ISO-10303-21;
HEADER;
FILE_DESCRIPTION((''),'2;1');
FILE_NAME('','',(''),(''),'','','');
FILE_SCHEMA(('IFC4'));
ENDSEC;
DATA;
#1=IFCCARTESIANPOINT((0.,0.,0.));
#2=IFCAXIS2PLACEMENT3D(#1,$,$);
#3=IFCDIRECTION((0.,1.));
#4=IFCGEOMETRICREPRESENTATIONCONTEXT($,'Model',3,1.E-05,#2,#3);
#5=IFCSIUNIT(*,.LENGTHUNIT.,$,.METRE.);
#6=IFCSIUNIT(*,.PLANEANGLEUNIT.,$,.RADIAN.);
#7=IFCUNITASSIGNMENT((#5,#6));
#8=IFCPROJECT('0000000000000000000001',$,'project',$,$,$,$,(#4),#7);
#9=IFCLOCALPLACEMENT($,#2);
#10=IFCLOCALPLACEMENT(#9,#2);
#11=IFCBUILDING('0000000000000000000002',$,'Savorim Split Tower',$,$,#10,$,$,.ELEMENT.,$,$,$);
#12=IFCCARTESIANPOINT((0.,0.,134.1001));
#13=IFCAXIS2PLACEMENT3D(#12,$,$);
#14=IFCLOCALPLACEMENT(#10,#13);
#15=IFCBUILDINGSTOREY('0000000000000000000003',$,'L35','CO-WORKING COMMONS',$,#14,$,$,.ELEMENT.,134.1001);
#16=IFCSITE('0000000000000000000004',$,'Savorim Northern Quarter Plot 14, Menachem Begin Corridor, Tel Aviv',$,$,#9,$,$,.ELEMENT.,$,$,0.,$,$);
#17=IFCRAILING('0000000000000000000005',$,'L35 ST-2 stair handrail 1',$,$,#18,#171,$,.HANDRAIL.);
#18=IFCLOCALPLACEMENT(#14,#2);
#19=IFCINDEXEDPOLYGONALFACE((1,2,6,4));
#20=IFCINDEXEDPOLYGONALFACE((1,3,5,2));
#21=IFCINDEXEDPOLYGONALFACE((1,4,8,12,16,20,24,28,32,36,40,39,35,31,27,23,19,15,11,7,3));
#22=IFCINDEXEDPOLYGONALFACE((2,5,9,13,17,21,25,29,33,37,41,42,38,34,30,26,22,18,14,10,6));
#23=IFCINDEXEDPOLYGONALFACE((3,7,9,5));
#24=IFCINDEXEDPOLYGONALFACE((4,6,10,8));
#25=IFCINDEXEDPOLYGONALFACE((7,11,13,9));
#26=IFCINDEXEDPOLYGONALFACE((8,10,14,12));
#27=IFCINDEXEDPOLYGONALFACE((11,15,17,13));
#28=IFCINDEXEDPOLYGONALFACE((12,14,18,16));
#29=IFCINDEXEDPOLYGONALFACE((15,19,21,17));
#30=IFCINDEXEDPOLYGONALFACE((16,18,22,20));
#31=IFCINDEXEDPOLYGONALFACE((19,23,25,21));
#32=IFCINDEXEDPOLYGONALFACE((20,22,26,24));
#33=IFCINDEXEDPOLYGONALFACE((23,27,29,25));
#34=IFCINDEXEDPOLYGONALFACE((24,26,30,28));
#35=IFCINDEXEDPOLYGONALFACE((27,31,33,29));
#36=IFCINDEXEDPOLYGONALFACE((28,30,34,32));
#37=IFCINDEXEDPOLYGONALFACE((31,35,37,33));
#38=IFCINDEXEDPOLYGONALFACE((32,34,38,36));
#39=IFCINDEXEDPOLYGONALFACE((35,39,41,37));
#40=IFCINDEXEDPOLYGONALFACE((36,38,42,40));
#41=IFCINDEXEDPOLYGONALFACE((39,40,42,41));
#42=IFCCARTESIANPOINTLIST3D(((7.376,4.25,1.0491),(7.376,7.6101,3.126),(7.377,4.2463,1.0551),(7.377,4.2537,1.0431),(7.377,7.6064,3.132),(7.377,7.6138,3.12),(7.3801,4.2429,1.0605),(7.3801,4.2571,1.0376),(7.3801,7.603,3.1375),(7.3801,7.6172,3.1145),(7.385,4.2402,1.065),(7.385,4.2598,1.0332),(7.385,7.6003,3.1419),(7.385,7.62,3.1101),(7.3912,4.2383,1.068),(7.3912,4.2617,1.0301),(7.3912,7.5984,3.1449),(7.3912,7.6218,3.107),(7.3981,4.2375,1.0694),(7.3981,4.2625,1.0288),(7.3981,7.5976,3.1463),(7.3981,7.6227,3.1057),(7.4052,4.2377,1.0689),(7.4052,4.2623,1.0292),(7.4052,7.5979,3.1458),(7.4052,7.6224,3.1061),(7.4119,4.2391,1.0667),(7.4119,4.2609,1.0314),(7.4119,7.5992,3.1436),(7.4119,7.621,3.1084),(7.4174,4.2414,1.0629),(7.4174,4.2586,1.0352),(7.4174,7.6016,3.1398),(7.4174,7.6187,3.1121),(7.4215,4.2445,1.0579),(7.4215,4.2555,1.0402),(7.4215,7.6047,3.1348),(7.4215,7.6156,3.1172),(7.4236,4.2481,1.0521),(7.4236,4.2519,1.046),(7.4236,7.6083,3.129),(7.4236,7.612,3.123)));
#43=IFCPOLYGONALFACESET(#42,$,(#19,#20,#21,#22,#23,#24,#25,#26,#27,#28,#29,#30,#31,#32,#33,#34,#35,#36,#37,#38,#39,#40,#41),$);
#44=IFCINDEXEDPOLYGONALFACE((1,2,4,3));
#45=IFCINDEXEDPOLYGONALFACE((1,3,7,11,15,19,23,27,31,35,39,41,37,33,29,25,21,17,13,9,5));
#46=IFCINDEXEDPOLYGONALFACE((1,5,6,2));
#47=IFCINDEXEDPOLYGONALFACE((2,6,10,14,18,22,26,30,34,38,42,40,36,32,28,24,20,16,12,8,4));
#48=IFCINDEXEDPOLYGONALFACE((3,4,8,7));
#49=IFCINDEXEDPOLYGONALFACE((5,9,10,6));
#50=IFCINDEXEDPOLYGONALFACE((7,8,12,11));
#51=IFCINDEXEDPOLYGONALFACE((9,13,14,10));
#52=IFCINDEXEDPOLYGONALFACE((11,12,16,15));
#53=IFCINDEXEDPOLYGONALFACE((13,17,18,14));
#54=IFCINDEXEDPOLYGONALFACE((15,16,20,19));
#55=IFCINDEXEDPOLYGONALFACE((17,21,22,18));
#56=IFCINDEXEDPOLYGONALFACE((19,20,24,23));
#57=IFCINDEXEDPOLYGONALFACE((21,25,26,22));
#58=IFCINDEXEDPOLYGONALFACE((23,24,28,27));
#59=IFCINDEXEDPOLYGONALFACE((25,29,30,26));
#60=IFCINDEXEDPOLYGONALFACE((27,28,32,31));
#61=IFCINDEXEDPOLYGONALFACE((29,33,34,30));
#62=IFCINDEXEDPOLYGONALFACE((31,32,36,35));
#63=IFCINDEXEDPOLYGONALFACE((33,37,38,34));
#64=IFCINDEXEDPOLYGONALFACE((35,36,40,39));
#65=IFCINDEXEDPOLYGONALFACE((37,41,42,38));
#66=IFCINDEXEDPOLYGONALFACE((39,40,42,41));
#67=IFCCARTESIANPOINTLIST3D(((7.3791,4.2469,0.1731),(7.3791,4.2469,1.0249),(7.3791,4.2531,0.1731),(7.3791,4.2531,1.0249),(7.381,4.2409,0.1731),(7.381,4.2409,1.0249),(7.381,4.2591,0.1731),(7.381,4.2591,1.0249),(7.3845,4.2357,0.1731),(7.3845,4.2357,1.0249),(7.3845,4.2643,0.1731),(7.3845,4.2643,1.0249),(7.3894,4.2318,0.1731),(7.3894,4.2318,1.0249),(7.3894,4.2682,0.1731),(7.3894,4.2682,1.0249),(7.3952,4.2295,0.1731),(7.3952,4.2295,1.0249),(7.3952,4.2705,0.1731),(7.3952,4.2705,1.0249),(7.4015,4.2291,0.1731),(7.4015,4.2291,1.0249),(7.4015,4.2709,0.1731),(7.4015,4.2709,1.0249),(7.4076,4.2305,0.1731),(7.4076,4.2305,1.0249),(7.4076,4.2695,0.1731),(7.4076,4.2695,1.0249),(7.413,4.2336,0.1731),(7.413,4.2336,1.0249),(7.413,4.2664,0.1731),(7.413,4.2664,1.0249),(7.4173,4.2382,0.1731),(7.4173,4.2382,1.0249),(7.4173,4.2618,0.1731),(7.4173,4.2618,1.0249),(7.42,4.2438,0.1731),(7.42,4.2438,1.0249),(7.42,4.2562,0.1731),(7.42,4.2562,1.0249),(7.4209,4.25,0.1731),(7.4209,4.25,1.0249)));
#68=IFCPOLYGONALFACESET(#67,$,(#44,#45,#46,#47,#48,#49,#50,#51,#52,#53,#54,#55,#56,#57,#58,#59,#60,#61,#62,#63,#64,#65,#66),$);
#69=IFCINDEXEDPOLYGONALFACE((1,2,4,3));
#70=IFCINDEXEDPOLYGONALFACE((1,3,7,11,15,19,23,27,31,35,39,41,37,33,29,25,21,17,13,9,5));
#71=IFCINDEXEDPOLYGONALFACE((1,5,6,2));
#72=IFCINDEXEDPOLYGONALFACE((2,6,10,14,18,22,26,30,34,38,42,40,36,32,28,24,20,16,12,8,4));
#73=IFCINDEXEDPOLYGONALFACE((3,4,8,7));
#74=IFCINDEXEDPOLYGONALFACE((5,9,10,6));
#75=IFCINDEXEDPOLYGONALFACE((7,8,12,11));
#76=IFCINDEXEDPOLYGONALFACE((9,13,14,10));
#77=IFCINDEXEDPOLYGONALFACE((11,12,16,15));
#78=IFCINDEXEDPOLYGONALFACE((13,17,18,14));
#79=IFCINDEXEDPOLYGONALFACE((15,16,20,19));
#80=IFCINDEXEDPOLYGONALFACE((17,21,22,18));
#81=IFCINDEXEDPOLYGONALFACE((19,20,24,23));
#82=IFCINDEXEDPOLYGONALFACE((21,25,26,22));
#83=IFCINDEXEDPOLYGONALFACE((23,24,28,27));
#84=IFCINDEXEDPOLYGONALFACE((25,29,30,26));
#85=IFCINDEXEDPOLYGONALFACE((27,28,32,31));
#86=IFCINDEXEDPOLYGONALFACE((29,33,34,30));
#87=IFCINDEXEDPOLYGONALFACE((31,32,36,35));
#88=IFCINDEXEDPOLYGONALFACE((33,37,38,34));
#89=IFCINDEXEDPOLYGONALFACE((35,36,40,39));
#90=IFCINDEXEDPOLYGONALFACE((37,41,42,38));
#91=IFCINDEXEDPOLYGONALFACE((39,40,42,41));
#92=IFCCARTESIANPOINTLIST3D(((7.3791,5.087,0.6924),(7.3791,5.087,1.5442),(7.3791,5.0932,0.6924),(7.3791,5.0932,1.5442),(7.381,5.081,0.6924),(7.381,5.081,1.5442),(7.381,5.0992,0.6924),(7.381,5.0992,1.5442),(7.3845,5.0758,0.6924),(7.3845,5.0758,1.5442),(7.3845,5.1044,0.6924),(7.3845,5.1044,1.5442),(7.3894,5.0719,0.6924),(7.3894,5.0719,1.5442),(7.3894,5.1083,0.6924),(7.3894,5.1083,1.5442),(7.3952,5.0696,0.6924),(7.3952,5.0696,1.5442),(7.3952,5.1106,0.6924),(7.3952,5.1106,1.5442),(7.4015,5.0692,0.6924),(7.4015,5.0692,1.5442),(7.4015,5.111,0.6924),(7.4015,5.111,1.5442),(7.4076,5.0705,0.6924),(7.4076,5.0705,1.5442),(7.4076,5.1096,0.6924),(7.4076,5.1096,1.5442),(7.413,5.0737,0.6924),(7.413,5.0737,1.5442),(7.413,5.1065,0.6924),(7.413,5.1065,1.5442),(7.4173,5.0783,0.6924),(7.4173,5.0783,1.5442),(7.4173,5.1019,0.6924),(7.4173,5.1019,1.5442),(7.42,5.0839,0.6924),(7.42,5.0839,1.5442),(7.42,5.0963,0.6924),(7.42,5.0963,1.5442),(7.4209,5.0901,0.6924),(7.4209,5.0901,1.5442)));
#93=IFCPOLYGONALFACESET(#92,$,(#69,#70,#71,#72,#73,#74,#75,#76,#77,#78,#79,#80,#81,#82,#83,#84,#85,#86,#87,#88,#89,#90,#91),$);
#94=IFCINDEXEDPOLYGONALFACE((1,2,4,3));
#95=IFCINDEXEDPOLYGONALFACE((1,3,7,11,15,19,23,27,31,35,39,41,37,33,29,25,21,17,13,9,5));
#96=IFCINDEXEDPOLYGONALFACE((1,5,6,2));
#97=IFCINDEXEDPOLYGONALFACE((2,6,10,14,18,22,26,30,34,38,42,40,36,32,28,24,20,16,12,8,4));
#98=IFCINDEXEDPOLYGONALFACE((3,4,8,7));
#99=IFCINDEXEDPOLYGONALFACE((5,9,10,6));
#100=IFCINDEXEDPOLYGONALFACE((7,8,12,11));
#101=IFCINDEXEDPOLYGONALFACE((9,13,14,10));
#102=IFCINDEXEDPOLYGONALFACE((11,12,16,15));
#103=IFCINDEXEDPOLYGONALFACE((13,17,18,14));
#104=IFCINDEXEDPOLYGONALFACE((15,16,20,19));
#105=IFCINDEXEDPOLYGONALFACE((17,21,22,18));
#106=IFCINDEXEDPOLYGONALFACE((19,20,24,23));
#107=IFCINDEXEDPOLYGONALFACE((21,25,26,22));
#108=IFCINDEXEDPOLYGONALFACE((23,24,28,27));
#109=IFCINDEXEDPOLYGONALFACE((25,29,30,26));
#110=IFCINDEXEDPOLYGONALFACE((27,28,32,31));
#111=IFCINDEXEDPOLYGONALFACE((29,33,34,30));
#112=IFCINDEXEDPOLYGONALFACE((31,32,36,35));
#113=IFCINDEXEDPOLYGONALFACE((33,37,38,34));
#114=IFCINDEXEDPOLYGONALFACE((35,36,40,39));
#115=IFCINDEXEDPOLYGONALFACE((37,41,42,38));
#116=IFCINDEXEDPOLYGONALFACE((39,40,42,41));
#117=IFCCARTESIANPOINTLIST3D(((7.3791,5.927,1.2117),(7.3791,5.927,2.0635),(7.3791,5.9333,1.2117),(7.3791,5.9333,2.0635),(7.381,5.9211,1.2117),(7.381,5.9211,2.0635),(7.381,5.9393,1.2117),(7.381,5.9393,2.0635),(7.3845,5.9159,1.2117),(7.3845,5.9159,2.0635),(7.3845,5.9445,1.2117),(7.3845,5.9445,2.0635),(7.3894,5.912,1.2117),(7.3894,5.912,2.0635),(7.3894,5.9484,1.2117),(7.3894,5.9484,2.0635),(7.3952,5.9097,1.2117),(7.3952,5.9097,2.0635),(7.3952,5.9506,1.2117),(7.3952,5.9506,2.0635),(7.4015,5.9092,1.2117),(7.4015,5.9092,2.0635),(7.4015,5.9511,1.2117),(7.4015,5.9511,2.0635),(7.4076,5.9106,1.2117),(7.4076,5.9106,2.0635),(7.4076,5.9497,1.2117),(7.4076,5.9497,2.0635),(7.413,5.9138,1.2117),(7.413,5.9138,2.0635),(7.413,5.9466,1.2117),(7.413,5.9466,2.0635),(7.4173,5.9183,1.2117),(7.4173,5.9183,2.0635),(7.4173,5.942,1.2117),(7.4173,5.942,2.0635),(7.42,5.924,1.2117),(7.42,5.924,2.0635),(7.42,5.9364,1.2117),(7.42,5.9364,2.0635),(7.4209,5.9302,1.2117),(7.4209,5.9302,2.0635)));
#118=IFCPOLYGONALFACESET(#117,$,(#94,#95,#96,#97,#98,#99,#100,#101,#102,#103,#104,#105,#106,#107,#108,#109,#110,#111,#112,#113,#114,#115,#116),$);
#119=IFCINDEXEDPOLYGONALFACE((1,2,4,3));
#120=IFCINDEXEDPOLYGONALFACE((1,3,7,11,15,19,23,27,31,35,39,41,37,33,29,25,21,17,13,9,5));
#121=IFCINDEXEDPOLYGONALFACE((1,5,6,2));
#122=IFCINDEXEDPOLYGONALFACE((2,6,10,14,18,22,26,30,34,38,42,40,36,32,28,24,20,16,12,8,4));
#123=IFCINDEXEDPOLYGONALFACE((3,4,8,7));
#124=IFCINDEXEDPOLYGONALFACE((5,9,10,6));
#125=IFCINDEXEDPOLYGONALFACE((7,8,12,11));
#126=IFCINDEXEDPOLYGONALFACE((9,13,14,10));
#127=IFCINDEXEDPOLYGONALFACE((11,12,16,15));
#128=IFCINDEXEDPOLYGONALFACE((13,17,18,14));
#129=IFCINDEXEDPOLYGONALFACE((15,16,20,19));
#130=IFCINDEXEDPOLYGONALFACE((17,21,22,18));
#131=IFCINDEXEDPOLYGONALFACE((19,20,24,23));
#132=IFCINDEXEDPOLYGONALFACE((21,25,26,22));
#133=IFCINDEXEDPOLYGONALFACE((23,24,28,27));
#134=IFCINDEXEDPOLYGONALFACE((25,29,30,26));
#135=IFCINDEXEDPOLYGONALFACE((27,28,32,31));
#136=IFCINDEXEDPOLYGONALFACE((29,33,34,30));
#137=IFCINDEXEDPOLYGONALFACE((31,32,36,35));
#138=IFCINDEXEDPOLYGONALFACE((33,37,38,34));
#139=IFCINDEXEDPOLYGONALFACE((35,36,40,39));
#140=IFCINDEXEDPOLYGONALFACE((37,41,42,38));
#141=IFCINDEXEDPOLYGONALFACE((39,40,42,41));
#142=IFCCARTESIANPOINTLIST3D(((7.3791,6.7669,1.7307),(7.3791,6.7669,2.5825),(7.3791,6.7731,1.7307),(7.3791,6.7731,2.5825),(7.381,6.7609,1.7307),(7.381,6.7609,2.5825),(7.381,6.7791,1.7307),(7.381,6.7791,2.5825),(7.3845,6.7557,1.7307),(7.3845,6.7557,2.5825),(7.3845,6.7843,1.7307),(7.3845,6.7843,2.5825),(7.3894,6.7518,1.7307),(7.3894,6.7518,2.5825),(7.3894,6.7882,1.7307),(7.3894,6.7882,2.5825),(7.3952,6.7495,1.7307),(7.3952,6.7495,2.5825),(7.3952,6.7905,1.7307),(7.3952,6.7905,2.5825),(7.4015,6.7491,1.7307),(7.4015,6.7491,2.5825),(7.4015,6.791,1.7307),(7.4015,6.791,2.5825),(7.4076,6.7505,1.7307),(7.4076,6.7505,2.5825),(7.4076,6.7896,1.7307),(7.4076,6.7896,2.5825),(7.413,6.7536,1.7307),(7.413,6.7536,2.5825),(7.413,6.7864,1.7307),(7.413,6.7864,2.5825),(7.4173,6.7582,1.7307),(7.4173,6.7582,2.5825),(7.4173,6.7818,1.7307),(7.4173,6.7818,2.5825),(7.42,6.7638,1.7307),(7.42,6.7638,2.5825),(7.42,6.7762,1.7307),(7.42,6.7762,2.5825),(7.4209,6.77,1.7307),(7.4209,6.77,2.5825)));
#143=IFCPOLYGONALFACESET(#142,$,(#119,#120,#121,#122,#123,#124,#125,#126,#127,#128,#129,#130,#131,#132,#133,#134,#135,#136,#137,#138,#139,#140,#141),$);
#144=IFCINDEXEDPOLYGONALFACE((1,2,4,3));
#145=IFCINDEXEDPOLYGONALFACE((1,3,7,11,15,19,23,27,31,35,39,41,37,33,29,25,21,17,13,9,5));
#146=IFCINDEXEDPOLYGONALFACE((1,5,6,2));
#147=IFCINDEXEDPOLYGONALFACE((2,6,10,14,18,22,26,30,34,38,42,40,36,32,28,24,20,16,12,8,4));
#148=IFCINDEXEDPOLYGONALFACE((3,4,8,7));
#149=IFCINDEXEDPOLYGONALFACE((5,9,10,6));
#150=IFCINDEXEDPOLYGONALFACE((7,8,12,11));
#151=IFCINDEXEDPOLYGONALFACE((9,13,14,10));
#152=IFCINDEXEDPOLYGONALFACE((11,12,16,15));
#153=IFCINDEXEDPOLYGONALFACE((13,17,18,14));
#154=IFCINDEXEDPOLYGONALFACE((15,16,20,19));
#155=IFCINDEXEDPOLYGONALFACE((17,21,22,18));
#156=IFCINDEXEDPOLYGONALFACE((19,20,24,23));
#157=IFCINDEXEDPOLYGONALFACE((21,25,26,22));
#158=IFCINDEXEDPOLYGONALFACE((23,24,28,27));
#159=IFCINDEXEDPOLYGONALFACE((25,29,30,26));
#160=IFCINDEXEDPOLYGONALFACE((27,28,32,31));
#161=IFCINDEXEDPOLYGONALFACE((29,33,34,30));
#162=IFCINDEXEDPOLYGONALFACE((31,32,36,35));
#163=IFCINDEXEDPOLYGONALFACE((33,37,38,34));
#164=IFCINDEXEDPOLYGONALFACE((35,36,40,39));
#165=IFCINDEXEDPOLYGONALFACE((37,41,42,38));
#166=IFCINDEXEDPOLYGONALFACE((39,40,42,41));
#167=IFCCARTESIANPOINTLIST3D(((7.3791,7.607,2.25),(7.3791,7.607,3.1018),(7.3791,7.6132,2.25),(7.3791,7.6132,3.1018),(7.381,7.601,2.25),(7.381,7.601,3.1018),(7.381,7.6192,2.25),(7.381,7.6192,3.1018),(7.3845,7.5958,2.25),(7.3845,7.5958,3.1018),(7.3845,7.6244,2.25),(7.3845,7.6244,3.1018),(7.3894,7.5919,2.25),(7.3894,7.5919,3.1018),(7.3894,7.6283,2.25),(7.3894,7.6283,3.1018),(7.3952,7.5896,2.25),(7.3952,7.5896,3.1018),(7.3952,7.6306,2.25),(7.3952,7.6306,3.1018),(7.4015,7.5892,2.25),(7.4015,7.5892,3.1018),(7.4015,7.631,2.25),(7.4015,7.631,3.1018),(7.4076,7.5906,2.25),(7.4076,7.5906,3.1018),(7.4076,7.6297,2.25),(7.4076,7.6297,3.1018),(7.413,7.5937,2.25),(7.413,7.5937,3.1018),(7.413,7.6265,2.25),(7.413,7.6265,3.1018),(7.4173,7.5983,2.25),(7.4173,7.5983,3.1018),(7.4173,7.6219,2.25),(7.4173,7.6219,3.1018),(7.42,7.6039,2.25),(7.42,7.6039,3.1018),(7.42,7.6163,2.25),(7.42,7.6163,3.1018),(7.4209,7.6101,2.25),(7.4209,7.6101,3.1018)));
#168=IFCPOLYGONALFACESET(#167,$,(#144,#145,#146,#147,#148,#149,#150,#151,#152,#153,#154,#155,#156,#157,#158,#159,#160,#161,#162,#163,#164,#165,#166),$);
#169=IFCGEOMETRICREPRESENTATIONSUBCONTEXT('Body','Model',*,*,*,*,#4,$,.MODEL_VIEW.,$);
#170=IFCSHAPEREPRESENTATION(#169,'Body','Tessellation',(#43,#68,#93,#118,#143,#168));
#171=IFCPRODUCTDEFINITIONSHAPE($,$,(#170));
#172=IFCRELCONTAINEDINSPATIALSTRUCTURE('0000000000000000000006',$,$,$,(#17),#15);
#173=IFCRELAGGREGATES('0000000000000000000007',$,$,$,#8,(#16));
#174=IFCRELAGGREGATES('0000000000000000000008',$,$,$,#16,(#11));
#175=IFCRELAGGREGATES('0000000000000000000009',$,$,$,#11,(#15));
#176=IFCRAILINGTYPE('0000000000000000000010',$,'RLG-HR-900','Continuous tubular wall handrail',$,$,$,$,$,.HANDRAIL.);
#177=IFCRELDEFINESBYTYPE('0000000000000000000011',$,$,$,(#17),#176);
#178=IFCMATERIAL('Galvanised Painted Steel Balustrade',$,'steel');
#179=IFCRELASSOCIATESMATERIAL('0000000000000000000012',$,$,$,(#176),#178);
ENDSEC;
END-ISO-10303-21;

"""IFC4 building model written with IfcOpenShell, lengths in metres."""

from ifc_helpers import new_model, si_unit, direction, frame, origin, origin_2d, place, context, subcontext, project, spatial, circle, extrude, material, type_object, element, save


model = new_model("IFC4")

# Units and contexts
model_context = context("Model", 3, precision=1e-05, world=origin(), true_north=direction((0.0, 1.0)))
body_context = subcontext(model_context, "Body", "Model", "MODEL_VIEW")
ifc_project = project(units=[si_unit("LENGTHUNIT", "METRE"), si_unit("PLANEANGLEUNIT", "RADIAN")], contexts=[model_context])

# Site, building, storey
site_placement = place(None, origin())
site = spatial("IfcSite", under=ifc_project, at=site_placement, Name="Savorim Northern Quarter Plot 14, Menachem Begin Corridor, Tel Aviv", CompositionType="ELEMENT", RefElevation=0.0)
building_placement = place(site_placement, origin())
building = spatial("IfcBuilding", under=site, at=building_placement, Name="Savorim Split Tower", CompositionType="ELEMENT")
storey_placement = place(building_placement, frame((0.0, 0.0, 134.1001)))
storey = spatial("IfcBuildingStorey", under=building, at=storey_placement, Name="L35", Description="CO-WORKING COMMONS", CompositionType="ELEMENT", Elevation=134.1001)

# Railing
ifc_material_1 = material(Name="Galvanised Painted Steel Balustrade", Category="steel")
railing_type_1 = type_object("IfcRailingType", Name="RLG-HR-900", Description="Continuous tubular wall handrail", PredefinedType="HANDRAIL", material=ifc_material_1)
railing_1_placement = place(storey_placement, frame((7.3999, 4.25, 0.1731)))
element("IfcRailing", 1, at=railing_1_placement, inside=storey, type_object=railing_type_1, Name="L35 ST-2 stair handrail 1", PredefinedType="HANDRAIL", context=body_context, shape_type="SweptSolid", body=[
    extrude(circle(Radius=0.0239, at=origin_2d()), frame((0.0, 0.0, 0.876), z_axis=(0.0, 0.850623, 0.525776), x_axis=(-1.0, 0.0, 0.0)), (0.0, 0.0, 1.0), 3.9502),
    extrude(circle(Radius=0.021, at=origin_2d()), origin(), (0.0, 0.0, 1.0), 0.8518),
    extrude(circle(Radius=0.021, at=origin_2d()), frame((0.0, 0.8401, 0.5193)), (0.0, 0.0, 1.0), 0.8518),
    extrude(circle(Radius=0.021, at=origin_2d()), frame((0.0, 1.6802, 1.0386)), (0.0, 0.0, 1.0), 0.8518),
    extrude(circle(Radius=0.021, at=origin_2d()), frame((0.0, 2.52, 1.5576)), (0.0, 0.0, 1.0), 0.8518),
    extrude(circle(Radius=0.021, at=origin_2d()), frame((0.0, 3.3601, 2.0769)), (0.0, 0.0, 1.0), 0.8518),
])

save(model, "model.ifc")
